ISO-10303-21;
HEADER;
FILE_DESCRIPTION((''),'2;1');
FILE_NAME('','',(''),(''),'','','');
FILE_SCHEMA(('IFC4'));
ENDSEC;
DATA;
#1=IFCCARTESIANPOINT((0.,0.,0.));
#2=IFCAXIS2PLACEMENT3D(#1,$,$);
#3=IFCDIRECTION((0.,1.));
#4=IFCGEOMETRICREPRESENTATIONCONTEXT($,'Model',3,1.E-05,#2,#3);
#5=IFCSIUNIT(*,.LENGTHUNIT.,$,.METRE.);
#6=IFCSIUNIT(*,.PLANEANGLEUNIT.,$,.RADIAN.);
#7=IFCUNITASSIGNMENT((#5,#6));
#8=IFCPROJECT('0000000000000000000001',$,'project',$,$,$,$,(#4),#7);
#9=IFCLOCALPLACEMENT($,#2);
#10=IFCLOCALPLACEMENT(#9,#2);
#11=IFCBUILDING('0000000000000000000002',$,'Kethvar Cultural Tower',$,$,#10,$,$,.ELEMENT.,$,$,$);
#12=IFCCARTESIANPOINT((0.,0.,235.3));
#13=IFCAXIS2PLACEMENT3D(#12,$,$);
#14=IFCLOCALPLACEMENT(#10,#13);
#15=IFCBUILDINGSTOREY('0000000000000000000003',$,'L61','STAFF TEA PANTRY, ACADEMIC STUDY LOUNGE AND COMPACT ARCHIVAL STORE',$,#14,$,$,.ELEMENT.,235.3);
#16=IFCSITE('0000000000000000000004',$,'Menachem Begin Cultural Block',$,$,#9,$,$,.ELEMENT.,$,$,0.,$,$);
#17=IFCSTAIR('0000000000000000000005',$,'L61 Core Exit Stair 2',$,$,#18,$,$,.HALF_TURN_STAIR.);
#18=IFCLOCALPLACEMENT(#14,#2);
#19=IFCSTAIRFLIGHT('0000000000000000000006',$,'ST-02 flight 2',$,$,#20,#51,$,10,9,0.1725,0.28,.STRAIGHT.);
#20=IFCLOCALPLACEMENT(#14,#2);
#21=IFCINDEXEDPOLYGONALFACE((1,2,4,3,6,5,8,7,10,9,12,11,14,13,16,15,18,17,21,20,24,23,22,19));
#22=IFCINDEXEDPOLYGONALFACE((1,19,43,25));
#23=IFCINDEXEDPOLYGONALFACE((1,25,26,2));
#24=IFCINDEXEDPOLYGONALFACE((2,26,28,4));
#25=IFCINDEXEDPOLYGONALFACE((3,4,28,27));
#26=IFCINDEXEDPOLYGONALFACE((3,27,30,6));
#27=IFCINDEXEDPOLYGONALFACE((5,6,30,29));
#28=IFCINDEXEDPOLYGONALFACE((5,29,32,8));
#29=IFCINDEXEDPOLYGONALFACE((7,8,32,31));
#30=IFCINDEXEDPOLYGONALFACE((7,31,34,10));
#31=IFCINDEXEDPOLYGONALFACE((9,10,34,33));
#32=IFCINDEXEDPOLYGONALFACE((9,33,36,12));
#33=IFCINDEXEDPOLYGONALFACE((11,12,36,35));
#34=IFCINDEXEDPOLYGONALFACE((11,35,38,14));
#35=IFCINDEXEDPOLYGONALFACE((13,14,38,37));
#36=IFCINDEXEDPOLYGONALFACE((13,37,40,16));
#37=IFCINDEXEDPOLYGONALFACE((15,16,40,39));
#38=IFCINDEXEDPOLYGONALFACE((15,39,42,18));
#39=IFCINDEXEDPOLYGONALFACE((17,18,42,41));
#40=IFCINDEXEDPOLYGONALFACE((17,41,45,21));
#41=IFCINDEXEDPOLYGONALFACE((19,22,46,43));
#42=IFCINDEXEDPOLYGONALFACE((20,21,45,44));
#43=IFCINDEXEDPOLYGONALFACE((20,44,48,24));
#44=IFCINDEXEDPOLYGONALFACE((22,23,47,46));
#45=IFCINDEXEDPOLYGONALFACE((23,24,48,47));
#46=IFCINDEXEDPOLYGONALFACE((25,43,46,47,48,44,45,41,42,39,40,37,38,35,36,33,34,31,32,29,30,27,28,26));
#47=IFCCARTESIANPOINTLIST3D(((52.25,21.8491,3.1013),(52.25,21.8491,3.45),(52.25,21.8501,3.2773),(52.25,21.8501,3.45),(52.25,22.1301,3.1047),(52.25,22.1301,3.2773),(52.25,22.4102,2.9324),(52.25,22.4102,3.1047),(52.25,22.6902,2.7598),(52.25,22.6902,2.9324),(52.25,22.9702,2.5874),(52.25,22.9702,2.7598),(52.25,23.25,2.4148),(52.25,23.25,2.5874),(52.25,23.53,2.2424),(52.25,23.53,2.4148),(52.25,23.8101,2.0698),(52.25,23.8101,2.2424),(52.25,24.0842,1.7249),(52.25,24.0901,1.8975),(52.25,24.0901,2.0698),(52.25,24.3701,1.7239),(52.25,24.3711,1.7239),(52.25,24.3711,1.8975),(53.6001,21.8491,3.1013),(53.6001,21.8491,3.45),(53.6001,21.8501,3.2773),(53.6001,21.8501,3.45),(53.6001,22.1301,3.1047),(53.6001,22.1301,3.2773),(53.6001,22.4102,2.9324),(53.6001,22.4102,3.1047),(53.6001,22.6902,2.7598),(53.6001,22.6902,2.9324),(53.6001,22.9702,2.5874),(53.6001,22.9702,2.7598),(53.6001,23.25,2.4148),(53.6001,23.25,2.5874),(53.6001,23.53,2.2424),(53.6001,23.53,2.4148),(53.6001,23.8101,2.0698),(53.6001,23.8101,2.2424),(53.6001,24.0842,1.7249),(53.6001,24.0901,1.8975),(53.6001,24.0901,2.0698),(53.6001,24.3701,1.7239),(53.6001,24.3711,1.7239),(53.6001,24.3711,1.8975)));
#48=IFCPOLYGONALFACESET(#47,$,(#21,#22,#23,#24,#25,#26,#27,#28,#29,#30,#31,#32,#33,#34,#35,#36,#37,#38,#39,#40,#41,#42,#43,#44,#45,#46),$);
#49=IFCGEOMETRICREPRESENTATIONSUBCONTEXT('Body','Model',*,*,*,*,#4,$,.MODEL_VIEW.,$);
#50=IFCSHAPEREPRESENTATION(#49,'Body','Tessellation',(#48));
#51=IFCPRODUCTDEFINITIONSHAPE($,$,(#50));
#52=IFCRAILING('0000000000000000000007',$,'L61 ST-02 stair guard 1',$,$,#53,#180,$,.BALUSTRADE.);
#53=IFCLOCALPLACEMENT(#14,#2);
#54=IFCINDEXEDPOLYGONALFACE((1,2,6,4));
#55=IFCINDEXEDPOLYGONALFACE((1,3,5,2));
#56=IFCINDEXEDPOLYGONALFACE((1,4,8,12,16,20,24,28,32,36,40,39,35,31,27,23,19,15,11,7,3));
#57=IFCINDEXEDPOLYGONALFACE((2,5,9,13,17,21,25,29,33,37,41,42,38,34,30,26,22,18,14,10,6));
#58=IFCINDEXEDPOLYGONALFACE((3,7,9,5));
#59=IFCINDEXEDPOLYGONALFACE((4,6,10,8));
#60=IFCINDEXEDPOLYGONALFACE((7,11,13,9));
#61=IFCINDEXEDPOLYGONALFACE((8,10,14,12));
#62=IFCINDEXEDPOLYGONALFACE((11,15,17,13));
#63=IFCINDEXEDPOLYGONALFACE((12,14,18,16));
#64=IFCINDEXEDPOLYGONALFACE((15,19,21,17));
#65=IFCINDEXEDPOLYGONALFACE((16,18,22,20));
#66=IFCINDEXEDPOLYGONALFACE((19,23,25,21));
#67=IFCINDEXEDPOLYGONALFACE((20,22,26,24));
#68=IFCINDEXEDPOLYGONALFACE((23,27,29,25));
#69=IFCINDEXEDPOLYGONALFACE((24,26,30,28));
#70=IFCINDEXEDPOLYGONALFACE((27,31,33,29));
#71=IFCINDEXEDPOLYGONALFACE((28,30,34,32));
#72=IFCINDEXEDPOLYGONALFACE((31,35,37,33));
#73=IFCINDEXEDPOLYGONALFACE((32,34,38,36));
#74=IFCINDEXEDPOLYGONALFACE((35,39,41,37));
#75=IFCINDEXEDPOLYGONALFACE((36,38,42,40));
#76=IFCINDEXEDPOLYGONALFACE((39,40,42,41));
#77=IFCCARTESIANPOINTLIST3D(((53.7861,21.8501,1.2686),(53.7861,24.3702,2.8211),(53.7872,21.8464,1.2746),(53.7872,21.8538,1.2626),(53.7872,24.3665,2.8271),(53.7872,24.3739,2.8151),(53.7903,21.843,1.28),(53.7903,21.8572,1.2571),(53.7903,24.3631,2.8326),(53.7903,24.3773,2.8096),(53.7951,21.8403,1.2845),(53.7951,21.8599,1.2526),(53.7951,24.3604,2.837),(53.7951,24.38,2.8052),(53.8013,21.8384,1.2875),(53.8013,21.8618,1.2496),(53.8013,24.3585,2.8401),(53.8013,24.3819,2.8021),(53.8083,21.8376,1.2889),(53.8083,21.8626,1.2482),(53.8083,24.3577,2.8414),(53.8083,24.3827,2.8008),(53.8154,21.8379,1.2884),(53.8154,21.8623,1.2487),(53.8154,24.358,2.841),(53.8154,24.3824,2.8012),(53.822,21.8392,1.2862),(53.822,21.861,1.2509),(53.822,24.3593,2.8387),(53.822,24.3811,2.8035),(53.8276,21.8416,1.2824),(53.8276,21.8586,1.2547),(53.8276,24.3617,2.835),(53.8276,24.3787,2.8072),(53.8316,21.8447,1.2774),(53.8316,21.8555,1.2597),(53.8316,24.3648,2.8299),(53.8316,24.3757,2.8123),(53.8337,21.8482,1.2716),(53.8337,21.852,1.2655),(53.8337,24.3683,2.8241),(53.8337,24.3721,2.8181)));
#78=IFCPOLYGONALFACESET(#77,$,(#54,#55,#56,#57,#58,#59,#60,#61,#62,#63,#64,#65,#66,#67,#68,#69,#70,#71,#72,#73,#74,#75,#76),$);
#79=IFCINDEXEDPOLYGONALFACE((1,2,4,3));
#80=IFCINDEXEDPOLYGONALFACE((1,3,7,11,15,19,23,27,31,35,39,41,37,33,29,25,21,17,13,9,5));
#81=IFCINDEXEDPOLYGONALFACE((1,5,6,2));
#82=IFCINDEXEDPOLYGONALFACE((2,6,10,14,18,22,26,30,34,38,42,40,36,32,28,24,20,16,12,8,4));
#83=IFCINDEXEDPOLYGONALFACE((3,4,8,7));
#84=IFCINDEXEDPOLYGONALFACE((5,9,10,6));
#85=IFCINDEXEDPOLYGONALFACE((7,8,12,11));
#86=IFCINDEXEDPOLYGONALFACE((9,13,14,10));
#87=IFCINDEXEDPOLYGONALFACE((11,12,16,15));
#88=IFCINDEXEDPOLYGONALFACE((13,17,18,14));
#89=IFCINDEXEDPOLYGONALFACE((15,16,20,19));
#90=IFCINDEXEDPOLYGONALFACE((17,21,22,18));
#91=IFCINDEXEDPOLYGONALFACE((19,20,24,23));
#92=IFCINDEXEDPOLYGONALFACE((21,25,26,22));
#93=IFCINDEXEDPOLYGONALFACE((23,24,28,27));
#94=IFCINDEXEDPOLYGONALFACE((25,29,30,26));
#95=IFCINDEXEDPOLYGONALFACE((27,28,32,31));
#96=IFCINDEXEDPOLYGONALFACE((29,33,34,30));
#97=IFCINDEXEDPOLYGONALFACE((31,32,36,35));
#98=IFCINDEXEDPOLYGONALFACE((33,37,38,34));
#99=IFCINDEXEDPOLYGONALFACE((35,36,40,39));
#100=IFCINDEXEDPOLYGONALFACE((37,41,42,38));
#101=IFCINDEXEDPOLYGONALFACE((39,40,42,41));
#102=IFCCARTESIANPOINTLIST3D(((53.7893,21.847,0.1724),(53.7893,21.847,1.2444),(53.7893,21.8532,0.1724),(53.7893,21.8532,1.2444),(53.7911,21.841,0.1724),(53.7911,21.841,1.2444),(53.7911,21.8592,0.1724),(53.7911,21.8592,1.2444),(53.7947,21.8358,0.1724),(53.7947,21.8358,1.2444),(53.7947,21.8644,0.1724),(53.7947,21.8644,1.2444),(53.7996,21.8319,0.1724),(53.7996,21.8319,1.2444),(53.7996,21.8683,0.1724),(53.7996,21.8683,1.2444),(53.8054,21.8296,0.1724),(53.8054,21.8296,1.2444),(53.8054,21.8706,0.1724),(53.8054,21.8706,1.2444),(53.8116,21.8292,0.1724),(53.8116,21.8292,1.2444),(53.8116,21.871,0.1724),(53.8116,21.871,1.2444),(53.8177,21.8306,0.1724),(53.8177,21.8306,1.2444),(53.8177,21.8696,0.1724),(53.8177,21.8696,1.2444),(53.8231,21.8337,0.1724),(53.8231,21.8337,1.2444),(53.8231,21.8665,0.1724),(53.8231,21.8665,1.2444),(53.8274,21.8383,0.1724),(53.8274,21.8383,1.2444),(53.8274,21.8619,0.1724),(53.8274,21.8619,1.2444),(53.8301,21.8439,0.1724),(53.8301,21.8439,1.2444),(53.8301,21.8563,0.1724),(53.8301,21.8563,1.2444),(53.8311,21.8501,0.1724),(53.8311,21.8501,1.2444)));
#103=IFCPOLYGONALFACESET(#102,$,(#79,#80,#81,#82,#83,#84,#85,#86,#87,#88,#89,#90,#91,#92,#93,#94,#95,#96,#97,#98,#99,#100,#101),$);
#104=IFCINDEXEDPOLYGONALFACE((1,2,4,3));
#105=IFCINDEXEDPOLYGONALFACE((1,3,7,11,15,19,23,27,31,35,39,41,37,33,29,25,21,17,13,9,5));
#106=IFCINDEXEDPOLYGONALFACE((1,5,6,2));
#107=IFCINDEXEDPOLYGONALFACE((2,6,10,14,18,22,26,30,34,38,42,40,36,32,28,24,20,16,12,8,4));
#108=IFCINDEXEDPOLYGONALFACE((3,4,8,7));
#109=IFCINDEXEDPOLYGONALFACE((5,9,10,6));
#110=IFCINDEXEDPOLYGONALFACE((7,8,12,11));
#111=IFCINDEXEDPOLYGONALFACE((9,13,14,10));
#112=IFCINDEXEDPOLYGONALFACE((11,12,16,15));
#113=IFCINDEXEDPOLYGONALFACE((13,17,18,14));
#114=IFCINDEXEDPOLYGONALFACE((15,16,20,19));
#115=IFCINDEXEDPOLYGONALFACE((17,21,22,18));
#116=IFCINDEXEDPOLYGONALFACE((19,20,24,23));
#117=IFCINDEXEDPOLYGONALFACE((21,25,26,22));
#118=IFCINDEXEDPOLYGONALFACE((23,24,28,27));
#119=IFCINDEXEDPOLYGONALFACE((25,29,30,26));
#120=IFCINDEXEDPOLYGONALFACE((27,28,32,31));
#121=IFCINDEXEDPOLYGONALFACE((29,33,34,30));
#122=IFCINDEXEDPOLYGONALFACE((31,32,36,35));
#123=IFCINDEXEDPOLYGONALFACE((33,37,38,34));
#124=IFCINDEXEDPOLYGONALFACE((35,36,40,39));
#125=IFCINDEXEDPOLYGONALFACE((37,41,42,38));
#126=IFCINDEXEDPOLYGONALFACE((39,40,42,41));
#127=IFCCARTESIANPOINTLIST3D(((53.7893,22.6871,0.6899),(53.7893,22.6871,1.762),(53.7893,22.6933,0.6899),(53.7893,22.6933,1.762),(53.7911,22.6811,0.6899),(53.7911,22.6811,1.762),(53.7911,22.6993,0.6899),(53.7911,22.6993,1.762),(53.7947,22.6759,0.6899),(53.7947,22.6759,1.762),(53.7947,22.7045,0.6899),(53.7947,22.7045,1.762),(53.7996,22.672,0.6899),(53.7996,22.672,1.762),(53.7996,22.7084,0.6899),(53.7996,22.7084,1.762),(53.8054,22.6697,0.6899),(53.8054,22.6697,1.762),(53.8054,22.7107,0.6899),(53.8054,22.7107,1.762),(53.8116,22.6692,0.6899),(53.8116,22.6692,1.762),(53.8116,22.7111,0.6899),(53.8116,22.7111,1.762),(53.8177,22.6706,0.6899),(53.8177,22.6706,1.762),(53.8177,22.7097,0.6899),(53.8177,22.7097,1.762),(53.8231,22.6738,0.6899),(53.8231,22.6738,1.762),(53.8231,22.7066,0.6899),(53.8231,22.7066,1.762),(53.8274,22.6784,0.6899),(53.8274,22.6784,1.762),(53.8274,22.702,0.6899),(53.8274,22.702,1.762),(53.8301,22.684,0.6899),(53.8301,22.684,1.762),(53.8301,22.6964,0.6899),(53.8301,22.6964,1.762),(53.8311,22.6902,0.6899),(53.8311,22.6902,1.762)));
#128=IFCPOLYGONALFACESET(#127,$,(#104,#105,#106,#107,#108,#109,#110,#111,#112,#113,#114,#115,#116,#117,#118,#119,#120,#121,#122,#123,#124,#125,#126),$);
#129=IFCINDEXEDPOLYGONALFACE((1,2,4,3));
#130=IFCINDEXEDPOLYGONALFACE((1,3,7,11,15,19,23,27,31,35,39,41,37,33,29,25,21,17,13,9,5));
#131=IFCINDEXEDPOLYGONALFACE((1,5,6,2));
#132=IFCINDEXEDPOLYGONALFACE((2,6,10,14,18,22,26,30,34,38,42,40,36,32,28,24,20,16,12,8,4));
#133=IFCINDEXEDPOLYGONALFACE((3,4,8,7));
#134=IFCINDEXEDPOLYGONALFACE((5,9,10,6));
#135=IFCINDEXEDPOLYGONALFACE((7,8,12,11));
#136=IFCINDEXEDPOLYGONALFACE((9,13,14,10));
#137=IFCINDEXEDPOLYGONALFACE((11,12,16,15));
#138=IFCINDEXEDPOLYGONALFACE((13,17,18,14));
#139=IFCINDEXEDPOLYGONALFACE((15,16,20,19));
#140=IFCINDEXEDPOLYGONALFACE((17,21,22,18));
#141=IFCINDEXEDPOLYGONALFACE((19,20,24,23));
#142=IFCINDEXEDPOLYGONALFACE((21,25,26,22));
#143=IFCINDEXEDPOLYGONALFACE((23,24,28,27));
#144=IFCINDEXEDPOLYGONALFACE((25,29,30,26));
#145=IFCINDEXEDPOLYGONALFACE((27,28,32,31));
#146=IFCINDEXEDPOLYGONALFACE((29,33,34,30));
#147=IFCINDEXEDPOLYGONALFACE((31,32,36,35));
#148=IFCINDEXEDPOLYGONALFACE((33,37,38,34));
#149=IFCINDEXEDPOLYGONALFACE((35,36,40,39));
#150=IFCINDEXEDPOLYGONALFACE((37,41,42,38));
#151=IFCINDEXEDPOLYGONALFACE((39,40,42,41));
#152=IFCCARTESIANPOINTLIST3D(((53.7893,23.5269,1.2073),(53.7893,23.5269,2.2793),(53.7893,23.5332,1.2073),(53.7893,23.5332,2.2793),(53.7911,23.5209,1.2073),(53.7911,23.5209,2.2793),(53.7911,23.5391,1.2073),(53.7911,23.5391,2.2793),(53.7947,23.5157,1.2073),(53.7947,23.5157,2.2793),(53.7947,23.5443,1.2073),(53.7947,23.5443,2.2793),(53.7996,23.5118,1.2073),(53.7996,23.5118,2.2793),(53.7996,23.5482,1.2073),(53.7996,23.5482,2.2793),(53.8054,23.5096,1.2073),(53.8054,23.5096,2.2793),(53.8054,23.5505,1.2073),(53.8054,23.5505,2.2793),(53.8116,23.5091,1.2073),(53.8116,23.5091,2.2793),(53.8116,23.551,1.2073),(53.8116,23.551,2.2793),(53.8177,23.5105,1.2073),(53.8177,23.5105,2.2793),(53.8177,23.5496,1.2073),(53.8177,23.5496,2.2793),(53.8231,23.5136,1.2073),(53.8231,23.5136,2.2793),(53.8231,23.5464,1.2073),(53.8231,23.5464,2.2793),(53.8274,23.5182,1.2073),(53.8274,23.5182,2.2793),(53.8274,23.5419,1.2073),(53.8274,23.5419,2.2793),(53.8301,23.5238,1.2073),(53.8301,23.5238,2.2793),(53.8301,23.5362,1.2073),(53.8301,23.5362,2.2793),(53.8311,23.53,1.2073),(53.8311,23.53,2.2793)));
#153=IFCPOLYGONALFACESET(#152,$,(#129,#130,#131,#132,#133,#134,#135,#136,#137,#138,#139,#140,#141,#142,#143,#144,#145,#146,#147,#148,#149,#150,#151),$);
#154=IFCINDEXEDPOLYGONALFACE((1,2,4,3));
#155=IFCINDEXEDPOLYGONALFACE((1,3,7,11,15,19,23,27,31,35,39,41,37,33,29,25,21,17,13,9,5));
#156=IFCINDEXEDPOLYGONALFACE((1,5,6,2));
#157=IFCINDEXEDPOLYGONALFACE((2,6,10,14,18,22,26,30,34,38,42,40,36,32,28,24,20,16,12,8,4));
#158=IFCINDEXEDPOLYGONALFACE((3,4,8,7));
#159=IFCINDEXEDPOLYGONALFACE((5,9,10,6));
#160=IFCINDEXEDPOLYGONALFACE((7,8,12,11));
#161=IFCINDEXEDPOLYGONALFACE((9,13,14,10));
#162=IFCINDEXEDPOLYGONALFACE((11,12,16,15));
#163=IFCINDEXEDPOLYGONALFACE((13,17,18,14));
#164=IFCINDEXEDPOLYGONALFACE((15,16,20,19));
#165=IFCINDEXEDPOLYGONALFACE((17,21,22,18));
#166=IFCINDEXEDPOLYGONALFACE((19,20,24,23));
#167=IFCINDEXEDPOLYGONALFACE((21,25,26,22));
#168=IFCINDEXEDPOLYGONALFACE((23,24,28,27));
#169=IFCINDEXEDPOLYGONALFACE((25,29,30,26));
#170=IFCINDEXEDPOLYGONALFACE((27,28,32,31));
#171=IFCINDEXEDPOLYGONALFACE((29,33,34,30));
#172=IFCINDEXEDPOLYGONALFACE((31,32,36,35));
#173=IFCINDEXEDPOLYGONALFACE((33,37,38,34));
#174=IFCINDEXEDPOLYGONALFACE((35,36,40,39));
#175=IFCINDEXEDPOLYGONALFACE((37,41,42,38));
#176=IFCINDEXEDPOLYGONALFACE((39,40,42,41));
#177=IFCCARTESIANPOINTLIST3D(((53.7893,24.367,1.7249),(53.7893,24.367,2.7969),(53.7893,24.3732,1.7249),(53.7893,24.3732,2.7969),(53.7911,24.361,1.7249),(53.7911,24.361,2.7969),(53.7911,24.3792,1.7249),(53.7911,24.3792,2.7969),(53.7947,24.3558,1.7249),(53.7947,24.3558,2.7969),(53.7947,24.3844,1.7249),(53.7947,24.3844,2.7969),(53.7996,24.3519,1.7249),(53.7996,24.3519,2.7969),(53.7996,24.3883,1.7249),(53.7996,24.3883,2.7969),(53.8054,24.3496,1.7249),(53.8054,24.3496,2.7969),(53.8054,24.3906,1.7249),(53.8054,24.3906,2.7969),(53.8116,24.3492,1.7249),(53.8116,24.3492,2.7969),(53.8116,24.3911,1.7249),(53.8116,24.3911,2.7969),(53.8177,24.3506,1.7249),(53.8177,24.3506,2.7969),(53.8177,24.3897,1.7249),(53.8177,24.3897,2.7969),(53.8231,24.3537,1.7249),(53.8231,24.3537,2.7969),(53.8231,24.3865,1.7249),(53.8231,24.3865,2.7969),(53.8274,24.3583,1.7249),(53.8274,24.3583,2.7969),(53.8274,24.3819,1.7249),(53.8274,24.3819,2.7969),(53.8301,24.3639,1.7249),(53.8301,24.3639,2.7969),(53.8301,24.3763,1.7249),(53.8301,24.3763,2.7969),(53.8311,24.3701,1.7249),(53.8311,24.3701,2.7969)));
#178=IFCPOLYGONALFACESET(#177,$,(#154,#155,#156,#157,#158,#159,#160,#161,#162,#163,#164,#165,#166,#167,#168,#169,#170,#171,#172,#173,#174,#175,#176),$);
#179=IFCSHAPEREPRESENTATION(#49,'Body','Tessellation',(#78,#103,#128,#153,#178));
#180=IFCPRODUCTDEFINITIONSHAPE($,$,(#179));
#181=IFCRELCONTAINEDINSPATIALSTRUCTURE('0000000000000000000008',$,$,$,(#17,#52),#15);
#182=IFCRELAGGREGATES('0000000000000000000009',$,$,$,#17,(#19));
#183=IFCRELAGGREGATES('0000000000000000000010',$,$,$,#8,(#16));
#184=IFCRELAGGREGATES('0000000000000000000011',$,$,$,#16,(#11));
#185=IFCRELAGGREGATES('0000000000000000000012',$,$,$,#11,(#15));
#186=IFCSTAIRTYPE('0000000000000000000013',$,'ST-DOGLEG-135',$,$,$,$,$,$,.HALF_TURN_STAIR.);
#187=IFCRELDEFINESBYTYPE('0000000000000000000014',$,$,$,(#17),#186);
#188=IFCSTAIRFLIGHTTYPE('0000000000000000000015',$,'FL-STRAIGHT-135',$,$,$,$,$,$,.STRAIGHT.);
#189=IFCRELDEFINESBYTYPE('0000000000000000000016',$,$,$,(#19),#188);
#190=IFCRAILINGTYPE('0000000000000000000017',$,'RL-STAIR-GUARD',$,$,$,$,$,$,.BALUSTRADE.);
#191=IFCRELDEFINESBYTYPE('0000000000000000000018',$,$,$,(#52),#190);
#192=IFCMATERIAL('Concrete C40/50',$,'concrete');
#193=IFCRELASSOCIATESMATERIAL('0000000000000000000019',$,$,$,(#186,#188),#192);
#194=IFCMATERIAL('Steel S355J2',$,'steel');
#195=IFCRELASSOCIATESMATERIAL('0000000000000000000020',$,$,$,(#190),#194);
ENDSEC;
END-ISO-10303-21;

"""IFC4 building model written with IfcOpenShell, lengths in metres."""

from ifc_helpers import new_model, si_unit, direction, frame, origin, origin_2d, place, context, subcontext, project, spatial, polyline, circle, outline, extrude, material, type_object, element, aggregate, save


model = new_model("IFC4")

# Units and contexts
model_context = context("Model", 3, precision=1e-05, world=origin(), true_north=direction((0.0, 1.0)))
body_context = subcontext(model_context, "Body", "Model", "MODEL_VIEW")
ifc_project = project(units=[si_unit("LENGTHUNIT", "METRE"), si_unit("PLANEANGLEUNIT", "RADIAN")], contexts=[model_context])

# Site, building, storey
site_placement = place(None, origin())
site = spatial("IfcSite", under=ifc_project, at=site_placement, Name="Menachem Begin Cultural Block", CompositionType="ELEMENT", RefElevation=0.0)
building_placement = place(site_placement, origin())
building = spatial("IfcBuilding", under=site, at=building_placement, Name="Kethvar Cultural Tower", CompositionType="ELEMENT")
storey_placement = place(building_placement, frame((0.0, 0.0, 235.3)))
storey = spatial("IfcBuildingStorey", under=building, at=storey_placement, Name="L61", Description="STAFF TEA PANTRY, ACADEMIC STUDY LOUNGE AND COMPACT ARCHIVAL STORE", CompositionType="ELEMENT", Elevation=235.3)

# Shared definitions
ifc_material_1 = material(Name="Steel S355J2", Category="steel")

# Shared definitions
ifc_material_2 = material(Name="Concrete C40/50", Category="concrete")

# Stair, stair flight
stair_type = type_object("IfcStairType", Name="ST-DOGLEG-135", PredefinedType="HALF_TURN_STAIR", material=ifc_material_2)
stair_placement = place(storey_placement, origin())
stair = element("IfcStair", 1, at=stair_placement, inside=storey, type_object=stair_type, Name="L61 Core Exit Stair 2", PredefinedType="HALF_TURN_STAIR")
stair_flight_type = type_object("IfcStairFlightType", Name="FL-STRAIGHT-135", PredefinedType="STRAIGHT", material=ifc_material_2)
stair_flight_1_placement = place(storey_placement, frame((52.925, 24.3701, 1.7249), z_axis=(0.0, 0.0, 1.0), x_axis=(0.0, -1.0, 0.0)))
stair_flight_1 = element("IfcStairFlight", 2, at=stair_flight_1_placement, type_object=stair_flight_type, Name="ST-02 flight 2", NumberOfRisers=10, NumberOfTreads=9, PredefinedType="STRAIGHT", RiserHeight=0.1725, TreadLength=0.28, context=body_context, shape_type="SweptSolid", body=[
    extrude(outline(polyline([(-0.001, -0.001), (-0.001, 0.1726), (0.28, 0.1726), (0.28, 0.345), (0.5601, 0.345), (0.5601, 0.5176), (0.8401, 0.5176), (0.8401, 0.6899), (1.1201, 0.6899), (1.1201, 0.8625), (1.3999, 0.8625), (1.3999, 1.0349), (1.6799, 1.0349), (1.6799, 1.2075), (1.96, 1.2075), (1.96, 1.3799), (2.24, 1.3799), (2.24, 1.5525), (2.52, 1.5525), (2.52, 1.7251), (2.521, 1.7251), (2.521, 1.3765), (0.2859, 0.0), (0.0, -0.001), (-0.001, -0.001)])), frame((0.0, 0.675, 0.0), z_axis=(0.0, -1.0, 0.0), x_axis=(1.0, 0.0, 0.0)), (0.0, 0.0, 1.0), 1.3501),
])
aggregate(stair, [stair_flight_1])

# Railing
railing_type_1 = type_object("IfcRailingType", Name="RL-STAIR-GUARD", PredefinedType="BALUSTRADE", material=ifc_material_1)
railing_1_placement = place(storey_placement, frame((53.8101, 21.8501, 0.1724)))
element("IfcRailing", 3, at=railing_1_placement, inside=storey, type_object=railing_type_1, Name="L61 ST-02 stair guard 1", PredefinedType="BALUSTRADE", context=body_context, shape_type="SweptSolid", body=[
    extrude(circle(Radius=0.0239, at=origin_2d()), frame((0.0, 0.0, 1.0962), z_axis=(0.0, 0.8514, 0.524516), x_axis=(-1.0, 0.0, 0.0)), (0.0, 0.0, 1.0), 2.96),
    extrude(circle(Radius=0.021, at=origin_2d()), origin(), (0.0, 0.0, 1.0), 1.072),
    extrude(circle(Radius=0.021, at=origin_2d()), frame((0.0, 0.8401, 0.5176)), (0.0, 0.0, 1.0), 1.072),
    extrude(circle(Radius=0.021, at=origin_2d()), frame((0.0, 1.6799, 1.0349)), (0.0, 0.0, 1.0), 1.072),
    extrude(circle(Radius=0.021, at=origin_2d()), frame((0.0, 2.52, 1.5525)), (0.0, 0.0, 1.0), 1.072),
])

save(model, "model.ifc")
